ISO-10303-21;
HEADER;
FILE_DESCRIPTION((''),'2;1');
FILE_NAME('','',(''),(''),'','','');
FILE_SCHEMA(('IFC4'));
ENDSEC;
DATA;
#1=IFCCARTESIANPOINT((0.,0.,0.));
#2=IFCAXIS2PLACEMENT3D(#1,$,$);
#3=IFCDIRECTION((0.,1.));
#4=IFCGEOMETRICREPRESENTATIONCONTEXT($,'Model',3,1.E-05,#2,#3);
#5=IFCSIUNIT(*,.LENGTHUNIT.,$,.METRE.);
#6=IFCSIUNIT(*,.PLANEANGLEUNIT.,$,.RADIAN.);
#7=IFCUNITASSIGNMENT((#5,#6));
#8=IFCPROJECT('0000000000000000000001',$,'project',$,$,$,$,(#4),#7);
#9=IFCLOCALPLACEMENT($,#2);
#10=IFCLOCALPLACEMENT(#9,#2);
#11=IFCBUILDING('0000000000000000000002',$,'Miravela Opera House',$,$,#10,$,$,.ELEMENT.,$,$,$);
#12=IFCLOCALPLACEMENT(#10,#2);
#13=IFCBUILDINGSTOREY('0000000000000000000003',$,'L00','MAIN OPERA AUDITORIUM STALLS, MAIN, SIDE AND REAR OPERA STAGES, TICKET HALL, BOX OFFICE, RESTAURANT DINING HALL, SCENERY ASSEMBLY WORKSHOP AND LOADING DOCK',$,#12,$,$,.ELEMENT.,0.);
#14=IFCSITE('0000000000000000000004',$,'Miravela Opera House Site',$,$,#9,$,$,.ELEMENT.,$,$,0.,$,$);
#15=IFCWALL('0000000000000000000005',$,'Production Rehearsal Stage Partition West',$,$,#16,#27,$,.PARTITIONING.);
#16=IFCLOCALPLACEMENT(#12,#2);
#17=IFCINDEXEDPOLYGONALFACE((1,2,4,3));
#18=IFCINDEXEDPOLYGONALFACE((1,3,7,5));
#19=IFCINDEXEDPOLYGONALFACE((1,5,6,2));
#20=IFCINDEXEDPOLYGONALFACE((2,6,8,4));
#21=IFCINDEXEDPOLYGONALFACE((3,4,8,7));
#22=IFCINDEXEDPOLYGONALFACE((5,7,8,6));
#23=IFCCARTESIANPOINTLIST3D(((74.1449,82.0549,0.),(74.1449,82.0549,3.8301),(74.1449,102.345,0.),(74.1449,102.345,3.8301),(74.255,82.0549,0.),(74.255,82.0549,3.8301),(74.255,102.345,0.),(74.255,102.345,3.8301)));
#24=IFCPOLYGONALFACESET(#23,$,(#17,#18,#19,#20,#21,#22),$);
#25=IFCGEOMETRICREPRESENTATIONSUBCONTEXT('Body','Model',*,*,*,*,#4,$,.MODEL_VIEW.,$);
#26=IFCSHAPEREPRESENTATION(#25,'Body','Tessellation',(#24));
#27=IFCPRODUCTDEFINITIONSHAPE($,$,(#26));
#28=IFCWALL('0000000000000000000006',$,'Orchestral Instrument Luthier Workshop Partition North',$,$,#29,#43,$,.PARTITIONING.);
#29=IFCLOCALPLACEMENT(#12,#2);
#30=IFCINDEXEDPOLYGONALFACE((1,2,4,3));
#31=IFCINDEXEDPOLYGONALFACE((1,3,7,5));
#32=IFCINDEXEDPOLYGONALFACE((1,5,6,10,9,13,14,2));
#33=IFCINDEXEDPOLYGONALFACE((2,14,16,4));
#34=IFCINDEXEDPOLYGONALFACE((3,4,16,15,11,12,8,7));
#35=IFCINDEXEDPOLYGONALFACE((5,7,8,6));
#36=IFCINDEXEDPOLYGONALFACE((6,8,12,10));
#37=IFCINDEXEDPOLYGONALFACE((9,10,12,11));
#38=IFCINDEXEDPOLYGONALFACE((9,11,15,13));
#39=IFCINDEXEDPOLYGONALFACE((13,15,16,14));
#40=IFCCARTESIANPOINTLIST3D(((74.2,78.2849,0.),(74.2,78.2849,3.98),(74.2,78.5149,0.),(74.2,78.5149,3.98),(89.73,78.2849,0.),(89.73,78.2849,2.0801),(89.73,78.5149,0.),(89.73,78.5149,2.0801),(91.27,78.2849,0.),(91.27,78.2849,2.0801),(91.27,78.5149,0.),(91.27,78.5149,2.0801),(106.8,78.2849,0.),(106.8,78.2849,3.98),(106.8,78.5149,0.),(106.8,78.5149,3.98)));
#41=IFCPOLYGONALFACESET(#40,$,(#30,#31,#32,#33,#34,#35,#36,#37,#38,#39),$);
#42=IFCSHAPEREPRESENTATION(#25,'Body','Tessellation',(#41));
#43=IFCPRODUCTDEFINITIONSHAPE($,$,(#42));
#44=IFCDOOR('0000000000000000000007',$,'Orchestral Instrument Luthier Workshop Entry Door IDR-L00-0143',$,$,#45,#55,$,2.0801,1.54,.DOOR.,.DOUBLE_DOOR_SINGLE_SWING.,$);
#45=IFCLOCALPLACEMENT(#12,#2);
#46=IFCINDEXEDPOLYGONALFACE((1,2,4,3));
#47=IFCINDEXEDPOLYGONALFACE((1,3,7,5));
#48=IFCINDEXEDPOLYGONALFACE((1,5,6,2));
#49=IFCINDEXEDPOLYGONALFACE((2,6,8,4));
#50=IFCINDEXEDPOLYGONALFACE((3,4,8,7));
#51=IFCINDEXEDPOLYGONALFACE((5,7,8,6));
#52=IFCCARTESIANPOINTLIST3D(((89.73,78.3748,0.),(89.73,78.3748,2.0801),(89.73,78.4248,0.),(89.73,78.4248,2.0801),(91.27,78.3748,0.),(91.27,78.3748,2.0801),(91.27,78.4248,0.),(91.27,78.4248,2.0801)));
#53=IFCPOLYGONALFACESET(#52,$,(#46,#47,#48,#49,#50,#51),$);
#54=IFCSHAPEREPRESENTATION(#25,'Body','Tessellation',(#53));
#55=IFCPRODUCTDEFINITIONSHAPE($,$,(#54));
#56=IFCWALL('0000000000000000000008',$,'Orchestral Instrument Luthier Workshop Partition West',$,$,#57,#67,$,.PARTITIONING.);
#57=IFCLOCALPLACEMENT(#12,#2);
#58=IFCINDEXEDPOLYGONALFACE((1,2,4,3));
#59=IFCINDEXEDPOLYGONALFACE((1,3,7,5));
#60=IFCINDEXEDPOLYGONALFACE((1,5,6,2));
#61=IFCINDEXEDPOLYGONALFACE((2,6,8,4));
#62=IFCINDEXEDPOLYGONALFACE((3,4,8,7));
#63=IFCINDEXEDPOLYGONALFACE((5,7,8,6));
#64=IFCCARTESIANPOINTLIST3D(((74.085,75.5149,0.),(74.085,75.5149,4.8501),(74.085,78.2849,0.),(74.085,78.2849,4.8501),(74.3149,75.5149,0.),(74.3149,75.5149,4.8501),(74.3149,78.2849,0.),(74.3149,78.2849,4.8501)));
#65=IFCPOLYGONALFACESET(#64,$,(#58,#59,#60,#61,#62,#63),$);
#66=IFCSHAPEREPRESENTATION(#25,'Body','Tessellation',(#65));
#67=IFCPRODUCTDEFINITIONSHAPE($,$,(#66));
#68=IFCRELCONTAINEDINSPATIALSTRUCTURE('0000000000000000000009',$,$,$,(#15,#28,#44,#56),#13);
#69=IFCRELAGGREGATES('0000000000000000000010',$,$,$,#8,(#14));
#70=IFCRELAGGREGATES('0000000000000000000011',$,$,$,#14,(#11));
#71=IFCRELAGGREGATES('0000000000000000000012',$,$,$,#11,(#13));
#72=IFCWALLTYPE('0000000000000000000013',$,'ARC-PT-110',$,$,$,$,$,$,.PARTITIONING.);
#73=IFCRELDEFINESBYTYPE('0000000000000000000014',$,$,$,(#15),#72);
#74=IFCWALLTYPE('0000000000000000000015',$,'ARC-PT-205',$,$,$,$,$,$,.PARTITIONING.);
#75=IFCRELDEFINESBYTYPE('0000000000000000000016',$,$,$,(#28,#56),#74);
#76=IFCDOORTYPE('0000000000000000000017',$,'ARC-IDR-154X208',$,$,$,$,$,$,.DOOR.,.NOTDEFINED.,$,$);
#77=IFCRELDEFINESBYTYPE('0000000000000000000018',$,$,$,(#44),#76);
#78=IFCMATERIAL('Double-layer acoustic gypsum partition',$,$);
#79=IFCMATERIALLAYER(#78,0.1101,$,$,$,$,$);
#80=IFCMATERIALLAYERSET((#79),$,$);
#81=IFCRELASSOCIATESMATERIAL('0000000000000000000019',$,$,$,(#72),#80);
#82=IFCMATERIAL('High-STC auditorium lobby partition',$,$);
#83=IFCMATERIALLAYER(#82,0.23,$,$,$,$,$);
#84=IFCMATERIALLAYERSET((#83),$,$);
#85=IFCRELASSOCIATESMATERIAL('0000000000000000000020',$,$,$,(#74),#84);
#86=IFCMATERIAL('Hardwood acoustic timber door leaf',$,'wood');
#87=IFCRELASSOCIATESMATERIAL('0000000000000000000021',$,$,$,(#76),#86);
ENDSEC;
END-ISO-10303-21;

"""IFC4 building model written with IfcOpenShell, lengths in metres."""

from ifc_helpers import new_model, si_unit, direction, frame, frame_2d, origin, place, context, subcontext, project, spatial, rectangle, extrude, material, layer, layer_set, type_object, element, fill, save


model = new_model("IFC4")

# Units and contexts
model_context = context("Model", 3, precision=1e-05, world=origin(), true_north=direction((0.0, 1.0)))
body_context = subcontext(model_context, "Body", "Model", "MODEL_VIEW")
ifc_project = project(units=[si_unit("LENGTHUNIT", "METRE"), si_unit("PLANEANGLEUNIT", "RADIAN")], contexts=[model_context])

# Site, building, storey
site_placement = place(None, origin())
site = spatial("IfcSite", under=ifc_project, at=site_placement, Name="Miravela Opera House Site", CompositionType="ELEMENT", RefElevation=0.0)
building_placement = place(site_placement, origin())
building = spatial("IfcBuilding", under=site, at=building_placement, Name="Miravela Opera House", CompositionType="ELEMENT")
storey_placement = place(building_placement, origin())
storey = spatial("IfcBuildingStorey", under=building, at=storey_placement, Name="L00", Description="MAIN OPERA AUDITORIUM STALLS, MAIN, SIDE AND REAR OPERA STAGES, TICKET HALL, BOX OFFICE, RESTAURANT DINING HALL, SCENERY ASSEMBLY WORKSHOP AND LOADING DOCK", CompositionType="ELEMENT", Elevation=0.0)

# Shared definitions
ifc_material_1 = material(Name="Double-layer acoustic gypsum partition")
ifc_layer_1 = layer(ifc_material_1, 0.1101)
ifc_layer_set_1 = layer_set([ifc_layer_1])
wall_type_1 = type_object("IfcWallType", Name="ARC-PT-110", PredefinedType="PARTITIONING", material=ifc_layer_set_1)
ifc_material_2 = material(Name="Hardwood acoustic timber door leaf", Category="wood")

# Wall
wall_1_placement = place(storey_placement, frame((74.2, 82.0549, 0.0), z_axis=(0.0, 0.0, 1.0), x_axis=(0.0, 1.0, 0.0)))
element("IfcWall", 1, at=wall_1_placement, inside=storey, type_object=wall_type_1, Name="Production Rehearsal Stage Partition West", PredefinedType="PARTITIONING", context=body_context, shape_type="SweptSolid", body=[
    extrude(rectangle(XDim=20.29, YDim=0.1101, at=frame_2d((10.145, 0.0))), origin(), (0.0, 0.0, 1.0), 3.8301),
])

# Wall, opening, door
ifc_material_3 = material(Name="High-STC auditorium lobby partition")
ifc_layer_2 = layer(ifc_material_3, 0.23)
ifc_layer_set_2 = layer_set([ifc_layer_2])
wall_type_2 = type_object("IfcWallType", Name="ARC-PT-205", PredefinedType="PARTITIONING", material=ifc_layer_set_2)
wall_2_placement = place(storey_placement, frame((74.2, 78.3999, 0.0), z_axis=(0.0, 0.0, 1.0), x_axis=(1.0, 0.0, 0.0)))
wall_2 = element("IfcWall", 2, at=wall_2_placement, inside=storey, type_object=wall_type_2, Name="Orchestral Instrument Luthier Workshop Partition North", PredefinedType="PARTITIONING", context=body_context, shape_type="SweptSolid", body=[
    extrude(rectangle(XDim=32.6001, YDim=0.23, at=frame_2d((16.3, 0.0))), origin(), (0.0, 0.0, 1.0), 3.98),
])
opening_1_placement = place(wall_2_placement, frame((15.53, 0.0, 0.0)))
opening_1 = element("IfcOpeningElement", 3, at=opening_1_placement, cuts=wall_2, PredefinedType="OPENING", context=body_context, shape_type="SweptSolid", body=[
    extrude(rectangle(XDim=1.54, YDim=2.0801, at=frame_2d((0.77, 1.04))), frame((0.0, 0.125, 0.0), z_axis=(0.0, -1.0, 0.0), x_axis=(1.0, 0.0, 0.0)), (0.0, 0.0, 1.0), 0.25),
])
door_type_1 = type_object("IfcDoorType", Name="ARC-IDR-154X208", OperationType="NOTDEFINED", PredefinedType="DOOR", material=ifc_material_2)
door_1_placement = place(opening_1_placement, origin())
door_1 = element("IfcDoor", 4, at=door_1_placement, inside=storey, type_object=door_type_1, Name="Orchestral Instrument Luthier Workshop Entry Door IDR-L00-0143", OperationType="DOUBLE_DOOR_SINGLE_SWING", OverallHeight=2.0801, OverallWidth=1.54, PredefinedType="DOOR", context=body_context, shape_type="SweptSolid", body=[
    extrude(rectangle(XDim=1.54, YDim=2.0801, at=frame_2d((0.77, 1.04))), frame((0.0, 0.0249, 0.0), z_axis=(0.0, -1.0, 0.0), x_axis=(1.0, 0.0, 0.0)), (0.0, 0.0, 1.0), 0.05),
])
fill(opening_1, door_1)

# Wall
wall_3_placement = place(storey_placement, frame((74.2, 75.5149, 0.0), z_axis=(0.0, 0.0, 1.0), x_axis=(0.0, 1.0, 0.0)))
element("IfcWall", 5, at=wall_3_placement, inside=storey, type_object=wall_type_2, Name="Orchestral Instrument Luthier Workshop Partition West", PredefinedType="PARTITIONING", context=body_context, shape_type="SweptSolid", body=[
    extrude(rectangle(XDim=2.77, YDim=0.23, at=frame_2d((1.385, 0.0))), origin(), (0.0, 0.0, 1.0), 4.8501),
])

save(model, "model.ifc")
